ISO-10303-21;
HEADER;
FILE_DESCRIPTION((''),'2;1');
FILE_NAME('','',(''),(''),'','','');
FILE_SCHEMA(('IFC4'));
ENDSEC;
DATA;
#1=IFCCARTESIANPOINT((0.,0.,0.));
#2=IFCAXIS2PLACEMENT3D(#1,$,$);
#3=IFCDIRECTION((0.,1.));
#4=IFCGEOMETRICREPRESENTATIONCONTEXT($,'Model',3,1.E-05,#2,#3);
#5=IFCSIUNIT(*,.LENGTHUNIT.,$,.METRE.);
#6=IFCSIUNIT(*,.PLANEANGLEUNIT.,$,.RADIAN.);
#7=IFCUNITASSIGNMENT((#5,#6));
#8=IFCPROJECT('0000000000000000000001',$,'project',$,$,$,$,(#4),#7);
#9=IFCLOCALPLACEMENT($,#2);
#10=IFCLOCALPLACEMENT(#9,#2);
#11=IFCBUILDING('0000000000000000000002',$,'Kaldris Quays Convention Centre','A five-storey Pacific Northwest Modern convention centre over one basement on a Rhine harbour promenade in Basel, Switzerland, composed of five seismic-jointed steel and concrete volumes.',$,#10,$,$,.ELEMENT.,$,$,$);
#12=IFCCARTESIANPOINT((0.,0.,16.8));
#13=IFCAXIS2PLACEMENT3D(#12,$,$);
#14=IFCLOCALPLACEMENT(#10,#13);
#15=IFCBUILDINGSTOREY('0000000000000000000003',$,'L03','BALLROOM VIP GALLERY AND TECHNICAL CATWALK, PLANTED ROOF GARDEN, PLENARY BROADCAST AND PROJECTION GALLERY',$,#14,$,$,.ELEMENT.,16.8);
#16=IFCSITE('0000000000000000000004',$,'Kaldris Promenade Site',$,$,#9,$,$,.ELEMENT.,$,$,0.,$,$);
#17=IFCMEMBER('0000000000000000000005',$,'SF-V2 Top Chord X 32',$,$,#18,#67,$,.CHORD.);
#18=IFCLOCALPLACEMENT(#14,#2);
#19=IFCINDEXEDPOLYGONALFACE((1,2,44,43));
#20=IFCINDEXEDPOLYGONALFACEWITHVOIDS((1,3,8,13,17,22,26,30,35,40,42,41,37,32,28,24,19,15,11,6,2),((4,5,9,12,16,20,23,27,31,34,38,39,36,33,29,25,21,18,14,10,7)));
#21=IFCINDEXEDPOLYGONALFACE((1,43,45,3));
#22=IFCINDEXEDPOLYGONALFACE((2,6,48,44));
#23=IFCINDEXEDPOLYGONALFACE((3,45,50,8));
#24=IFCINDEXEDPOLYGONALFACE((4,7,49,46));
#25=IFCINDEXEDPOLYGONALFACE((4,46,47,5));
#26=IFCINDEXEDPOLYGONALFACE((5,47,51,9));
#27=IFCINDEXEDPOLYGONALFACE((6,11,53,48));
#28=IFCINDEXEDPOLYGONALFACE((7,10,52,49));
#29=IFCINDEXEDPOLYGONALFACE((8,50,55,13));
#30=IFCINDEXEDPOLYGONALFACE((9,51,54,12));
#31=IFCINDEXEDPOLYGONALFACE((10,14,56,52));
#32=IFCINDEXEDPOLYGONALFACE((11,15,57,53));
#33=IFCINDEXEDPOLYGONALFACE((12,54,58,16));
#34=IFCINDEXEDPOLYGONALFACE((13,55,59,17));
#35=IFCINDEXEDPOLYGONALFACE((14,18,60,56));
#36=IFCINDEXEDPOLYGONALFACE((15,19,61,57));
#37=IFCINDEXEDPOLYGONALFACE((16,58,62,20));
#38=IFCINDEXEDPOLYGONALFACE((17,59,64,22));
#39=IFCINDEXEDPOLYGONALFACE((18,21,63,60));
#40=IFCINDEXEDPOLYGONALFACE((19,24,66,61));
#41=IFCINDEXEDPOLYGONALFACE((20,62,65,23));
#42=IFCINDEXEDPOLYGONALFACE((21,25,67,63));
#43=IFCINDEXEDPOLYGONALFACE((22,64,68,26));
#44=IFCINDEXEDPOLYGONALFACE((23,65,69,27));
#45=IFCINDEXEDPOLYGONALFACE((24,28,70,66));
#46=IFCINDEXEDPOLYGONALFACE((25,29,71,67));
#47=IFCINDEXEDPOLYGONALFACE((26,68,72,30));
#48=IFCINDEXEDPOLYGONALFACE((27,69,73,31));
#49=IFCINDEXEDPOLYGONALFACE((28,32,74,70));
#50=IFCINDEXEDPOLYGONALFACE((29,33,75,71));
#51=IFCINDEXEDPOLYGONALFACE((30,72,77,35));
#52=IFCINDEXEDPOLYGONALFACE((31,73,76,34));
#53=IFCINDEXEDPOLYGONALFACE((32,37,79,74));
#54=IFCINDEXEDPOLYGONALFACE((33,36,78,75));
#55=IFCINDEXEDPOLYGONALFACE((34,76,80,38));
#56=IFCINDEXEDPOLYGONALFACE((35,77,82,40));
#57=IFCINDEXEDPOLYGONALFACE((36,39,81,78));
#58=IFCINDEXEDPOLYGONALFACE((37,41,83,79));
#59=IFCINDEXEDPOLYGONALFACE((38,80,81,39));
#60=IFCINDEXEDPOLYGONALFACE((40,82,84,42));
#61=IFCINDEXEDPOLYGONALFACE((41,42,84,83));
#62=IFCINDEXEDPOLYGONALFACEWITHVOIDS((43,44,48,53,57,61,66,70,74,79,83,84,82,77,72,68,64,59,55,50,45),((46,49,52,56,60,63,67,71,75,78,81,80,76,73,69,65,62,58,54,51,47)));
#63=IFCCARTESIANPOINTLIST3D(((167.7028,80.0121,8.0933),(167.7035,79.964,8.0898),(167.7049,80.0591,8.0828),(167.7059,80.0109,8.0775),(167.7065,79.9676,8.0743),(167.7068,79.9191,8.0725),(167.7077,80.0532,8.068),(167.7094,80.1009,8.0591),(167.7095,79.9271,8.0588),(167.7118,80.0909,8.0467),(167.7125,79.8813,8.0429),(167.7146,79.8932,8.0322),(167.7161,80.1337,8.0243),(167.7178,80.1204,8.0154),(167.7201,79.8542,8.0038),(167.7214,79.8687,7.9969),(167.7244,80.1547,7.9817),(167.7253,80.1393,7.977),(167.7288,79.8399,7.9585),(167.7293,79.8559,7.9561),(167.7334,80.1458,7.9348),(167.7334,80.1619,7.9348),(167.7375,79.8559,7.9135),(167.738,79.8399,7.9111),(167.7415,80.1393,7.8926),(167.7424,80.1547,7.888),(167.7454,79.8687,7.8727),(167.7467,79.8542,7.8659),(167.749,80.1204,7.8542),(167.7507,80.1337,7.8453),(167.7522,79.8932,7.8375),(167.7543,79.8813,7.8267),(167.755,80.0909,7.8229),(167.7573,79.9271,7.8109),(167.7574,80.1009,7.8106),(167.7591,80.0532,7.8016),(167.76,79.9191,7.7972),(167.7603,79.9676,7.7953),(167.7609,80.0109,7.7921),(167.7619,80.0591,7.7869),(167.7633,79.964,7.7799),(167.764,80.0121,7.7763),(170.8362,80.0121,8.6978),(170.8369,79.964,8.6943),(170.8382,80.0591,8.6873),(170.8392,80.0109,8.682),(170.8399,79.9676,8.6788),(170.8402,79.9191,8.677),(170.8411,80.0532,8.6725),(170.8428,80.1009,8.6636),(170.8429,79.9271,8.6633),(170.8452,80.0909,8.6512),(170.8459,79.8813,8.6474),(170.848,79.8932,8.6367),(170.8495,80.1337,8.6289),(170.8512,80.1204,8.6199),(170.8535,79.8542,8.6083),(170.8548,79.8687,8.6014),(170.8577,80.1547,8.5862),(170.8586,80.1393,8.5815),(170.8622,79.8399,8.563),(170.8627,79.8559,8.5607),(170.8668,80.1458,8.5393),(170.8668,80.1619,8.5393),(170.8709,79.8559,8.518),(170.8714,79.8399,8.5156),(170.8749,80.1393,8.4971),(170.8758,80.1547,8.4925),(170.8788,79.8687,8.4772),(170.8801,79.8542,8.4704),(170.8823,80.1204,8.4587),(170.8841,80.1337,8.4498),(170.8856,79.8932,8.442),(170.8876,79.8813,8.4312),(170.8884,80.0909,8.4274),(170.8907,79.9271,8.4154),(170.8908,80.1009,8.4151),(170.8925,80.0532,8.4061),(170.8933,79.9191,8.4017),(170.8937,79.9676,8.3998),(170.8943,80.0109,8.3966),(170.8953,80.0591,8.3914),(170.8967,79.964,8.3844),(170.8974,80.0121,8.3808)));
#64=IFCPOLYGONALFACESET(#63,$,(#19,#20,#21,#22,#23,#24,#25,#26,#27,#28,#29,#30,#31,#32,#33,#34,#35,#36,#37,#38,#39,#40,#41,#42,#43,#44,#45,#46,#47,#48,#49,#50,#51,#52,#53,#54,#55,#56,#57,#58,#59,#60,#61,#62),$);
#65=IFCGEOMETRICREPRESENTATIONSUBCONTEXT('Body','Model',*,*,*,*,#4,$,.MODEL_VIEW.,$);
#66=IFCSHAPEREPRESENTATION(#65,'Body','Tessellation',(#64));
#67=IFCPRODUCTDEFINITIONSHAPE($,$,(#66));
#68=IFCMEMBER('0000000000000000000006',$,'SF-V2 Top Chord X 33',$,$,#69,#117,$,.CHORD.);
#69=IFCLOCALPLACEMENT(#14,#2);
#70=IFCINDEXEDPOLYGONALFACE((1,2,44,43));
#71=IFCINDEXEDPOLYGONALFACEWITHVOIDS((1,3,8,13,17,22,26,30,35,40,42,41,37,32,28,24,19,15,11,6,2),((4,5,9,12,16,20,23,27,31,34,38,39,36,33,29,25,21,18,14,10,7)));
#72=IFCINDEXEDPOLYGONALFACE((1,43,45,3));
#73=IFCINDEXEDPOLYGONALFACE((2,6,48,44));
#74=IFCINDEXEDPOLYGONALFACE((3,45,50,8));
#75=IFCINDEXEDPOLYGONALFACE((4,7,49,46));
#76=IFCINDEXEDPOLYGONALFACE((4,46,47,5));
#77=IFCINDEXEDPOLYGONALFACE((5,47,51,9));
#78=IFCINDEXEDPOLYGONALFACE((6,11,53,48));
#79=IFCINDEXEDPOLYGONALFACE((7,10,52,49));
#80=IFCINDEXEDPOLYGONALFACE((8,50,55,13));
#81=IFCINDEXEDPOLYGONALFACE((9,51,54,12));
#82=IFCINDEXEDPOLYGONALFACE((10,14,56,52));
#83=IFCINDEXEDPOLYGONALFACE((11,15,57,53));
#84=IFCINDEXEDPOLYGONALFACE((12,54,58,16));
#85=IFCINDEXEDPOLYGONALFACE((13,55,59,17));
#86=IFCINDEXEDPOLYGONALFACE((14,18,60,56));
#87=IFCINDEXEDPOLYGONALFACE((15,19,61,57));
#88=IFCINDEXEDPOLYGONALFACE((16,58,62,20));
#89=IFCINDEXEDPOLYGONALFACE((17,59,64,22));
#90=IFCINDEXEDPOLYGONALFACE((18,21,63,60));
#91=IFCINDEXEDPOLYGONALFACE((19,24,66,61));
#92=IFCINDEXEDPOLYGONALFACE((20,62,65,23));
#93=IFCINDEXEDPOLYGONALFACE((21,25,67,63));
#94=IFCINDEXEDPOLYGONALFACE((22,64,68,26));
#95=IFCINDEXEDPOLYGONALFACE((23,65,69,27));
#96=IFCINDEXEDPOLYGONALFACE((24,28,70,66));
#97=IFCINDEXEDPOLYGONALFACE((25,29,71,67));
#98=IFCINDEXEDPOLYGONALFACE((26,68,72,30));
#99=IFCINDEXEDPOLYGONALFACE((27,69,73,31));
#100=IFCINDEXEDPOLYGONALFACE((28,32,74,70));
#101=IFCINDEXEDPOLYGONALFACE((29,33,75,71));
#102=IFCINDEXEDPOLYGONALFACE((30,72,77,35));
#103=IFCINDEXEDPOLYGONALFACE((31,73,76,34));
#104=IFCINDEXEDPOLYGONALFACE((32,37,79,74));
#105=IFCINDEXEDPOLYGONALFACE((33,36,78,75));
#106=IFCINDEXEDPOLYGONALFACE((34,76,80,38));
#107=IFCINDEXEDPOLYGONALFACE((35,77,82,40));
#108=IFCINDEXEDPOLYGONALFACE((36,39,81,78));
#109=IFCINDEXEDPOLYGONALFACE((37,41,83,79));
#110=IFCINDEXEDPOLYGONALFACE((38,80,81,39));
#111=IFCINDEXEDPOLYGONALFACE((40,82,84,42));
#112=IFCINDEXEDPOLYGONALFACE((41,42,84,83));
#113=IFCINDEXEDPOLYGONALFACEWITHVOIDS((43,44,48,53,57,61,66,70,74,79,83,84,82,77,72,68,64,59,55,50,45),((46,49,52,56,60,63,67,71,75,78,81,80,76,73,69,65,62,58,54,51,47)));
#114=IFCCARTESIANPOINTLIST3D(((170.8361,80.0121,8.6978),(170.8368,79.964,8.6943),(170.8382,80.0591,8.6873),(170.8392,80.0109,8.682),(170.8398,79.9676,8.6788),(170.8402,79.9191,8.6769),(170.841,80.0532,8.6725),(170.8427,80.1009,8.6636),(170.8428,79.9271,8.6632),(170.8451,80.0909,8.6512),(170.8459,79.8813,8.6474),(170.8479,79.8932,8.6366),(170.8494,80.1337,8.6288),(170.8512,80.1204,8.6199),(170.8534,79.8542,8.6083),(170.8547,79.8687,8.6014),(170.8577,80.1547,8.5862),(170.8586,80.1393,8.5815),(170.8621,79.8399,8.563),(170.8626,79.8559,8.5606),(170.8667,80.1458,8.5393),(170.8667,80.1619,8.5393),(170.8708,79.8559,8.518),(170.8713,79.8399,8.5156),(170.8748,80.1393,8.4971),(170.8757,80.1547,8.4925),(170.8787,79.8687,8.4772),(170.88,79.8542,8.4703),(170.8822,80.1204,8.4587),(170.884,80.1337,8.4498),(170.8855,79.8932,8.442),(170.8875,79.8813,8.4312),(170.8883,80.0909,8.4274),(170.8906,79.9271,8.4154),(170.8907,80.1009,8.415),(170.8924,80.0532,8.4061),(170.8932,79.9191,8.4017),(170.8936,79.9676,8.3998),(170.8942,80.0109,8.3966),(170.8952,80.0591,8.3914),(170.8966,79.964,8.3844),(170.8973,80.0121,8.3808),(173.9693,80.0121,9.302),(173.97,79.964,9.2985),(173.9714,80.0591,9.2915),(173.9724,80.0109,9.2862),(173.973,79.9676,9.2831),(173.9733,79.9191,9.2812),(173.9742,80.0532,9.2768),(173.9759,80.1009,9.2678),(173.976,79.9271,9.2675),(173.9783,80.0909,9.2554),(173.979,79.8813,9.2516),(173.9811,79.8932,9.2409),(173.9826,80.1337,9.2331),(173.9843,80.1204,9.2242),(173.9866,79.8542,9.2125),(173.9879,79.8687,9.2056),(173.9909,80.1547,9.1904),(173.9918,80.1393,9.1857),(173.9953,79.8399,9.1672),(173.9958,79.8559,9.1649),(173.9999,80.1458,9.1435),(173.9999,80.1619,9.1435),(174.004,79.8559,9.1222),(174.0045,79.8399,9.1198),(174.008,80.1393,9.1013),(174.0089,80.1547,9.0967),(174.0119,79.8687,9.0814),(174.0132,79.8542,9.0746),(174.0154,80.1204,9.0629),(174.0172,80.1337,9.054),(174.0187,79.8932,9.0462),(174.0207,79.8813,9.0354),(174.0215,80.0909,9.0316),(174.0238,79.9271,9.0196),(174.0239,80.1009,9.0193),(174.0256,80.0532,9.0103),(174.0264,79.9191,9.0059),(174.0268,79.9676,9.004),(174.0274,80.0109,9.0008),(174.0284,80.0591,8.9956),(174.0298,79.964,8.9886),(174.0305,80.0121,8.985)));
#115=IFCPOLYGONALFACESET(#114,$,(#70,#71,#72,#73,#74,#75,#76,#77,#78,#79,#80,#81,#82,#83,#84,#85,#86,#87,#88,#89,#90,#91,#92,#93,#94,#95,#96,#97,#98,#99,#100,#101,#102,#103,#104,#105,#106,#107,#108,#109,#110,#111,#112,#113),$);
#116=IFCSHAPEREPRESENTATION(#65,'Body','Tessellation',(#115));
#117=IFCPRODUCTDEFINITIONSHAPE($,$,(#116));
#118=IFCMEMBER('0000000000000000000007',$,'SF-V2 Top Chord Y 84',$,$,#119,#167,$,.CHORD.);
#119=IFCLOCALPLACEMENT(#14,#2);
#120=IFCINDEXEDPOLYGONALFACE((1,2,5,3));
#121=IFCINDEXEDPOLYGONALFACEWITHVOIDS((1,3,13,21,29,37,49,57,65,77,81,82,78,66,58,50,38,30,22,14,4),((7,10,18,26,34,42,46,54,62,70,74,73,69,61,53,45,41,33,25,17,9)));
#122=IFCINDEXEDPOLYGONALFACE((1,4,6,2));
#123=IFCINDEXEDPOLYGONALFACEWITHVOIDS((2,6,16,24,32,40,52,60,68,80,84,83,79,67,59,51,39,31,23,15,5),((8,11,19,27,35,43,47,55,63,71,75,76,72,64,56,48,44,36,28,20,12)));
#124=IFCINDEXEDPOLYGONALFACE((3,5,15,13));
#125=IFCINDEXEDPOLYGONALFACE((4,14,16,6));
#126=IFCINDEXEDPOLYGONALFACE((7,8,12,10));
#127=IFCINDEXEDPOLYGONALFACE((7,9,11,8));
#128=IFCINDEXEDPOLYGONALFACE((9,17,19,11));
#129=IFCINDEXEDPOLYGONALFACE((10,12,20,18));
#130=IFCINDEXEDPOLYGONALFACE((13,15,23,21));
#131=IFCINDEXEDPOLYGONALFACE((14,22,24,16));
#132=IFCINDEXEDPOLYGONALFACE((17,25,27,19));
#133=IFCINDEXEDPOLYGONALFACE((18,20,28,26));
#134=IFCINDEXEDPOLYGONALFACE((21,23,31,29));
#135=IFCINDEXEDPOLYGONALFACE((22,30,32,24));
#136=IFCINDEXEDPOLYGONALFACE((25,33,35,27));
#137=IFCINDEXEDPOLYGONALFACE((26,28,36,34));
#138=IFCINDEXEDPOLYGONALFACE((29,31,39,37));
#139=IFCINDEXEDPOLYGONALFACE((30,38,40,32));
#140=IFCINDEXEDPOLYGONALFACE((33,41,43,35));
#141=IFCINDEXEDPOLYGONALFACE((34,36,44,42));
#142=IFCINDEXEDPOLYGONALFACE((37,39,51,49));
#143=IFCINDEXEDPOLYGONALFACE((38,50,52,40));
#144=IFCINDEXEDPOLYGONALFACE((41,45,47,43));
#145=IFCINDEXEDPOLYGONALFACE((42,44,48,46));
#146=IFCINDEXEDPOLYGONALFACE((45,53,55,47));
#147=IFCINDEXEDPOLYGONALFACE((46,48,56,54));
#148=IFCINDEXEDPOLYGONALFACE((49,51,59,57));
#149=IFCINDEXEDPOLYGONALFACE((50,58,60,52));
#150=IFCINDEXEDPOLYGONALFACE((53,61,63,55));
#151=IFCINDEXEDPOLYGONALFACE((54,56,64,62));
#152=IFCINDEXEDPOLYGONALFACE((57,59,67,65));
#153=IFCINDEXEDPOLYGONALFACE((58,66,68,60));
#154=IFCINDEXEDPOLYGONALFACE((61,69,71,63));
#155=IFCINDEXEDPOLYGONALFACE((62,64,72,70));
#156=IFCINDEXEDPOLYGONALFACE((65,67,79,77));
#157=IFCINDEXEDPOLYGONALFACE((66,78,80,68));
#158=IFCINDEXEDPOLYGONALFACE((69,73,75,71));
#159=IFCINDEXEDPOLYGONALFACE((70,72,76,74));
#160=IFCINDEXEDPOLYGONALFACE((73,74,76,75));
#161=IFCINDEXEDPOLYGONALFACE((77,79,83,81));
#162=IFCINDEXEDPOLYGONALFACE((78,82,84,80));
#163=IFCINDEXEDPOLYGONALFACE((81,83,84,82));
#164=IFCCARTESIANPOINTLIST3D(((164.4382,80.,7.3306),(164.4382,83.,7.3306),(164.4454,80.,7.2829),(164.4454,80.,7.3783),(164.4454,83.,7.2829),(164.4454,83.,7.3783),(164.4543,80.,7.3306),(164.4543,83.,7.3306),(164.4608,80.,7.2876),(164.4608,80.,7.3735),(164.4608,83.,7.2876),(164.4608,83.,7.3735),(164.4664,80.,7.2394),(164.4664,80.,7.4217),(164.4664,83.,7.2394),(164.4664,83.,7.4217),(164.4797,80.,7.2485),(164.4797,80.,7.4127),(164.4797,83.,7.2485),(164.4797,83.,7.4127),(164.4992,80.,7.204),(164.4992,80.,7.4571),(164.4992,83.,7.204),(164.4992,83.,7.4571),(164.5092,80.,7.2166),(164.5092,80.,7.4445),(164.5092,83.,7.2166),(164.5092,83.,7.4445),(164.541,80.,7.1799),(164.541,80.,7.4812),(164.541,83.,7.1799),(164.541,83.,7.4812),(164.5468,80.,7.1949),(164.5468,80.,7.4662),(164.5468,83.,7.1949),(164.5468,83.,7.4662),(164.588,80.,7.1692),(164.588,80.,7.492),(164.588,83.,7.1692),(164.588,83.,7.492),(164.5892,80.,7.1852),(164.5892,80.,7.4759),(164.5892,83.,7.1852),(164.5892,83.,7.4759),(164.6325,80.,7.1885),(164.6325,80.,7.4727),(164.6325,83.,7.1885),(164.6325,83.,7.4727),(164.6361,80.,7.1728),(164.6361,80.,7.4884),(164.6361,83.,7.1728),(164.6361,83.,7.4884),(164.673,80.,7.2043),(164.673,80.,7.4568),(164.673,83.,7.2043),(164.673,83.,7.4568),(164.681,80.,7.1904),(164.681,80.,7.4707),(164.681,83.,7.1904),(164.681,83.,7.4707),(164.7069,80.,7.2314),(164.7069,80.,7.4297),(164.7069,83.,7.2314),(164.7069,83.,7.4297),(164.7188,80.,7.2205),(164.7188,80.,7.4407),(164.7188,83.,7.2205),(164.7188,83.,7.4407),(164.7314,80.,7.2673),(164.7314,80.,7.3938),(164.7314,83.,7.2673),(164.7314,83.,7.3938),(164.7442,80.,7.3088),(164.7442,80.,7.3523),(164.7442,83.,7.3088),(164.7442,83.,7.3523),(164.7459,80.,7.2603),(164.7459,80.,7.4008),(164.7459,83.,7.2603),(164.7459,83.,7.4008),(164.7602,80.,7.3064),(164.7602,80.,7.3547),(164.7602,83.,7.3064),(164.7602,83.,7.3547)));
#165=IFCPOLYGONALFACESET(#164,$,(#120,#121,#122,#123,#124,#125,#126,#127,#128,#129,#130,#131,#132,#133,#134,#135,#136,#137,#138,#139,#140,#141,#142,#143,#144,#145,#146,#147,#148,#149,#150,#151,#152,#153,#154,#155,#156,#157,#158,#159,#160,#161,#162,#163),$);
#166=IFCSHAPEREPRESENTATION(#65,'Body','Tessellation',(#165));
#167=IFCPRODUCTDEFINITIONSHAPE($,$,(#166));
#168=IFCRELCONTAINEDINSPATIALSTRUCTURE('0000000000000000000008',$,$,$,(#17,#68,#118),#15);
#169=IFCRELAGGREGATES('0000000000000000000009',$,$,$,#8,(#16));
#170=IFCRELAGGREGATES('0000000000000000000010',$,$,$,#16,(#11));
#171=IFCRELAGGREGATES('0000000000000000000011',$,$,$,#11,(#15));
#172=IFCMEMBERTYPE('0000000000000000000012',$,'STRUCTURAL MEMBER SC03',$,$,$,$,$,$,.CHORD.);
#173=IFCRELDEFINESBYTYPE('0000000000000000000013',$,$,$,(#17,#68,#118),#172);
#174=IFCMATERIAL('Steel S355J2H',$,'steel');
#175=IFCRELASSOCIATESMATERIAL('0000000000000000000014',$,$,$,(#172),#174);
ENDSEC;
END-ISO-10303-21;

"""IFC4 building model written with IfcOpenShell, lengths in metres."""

from ifc_helpers import new_model, si_unit, direction, frame, origin, origin_2d, place, context, subcontext, project, spatial, hollow_circle, extrude, material, material_profile, profile_set, type_object, element, save


model = new_model("IFC4")

# Units and contexts
model_context = context("Model", 3, precision=1e-05, world=origin(), true_north=direction((0.0, 1.0)))
body_context = subcontext(model_context, "Body", "Model", "MODEL_VIEW")
ifc_project = project(units=[si_unit("LENGTHUNIT", "METRE"), si_unit("PLANEANGLEUNIT", "RADIAN")], contexts=[model_context])

# Site, building, storey
site_placement = place(None, origin())
site = spatial("IfcSite", under=ifc_project, at=site_placement, Name="Kaldris Promenade Site", CompositionType="ELEMENT", RefElevation=0.0)
building_placement = place(site_placement, origin())
building = spatial("IfcBuilding", under=site, at=building_placement, Name="Kaldris Quays Convention Centre", Description="A five-storey Pacific Northwest Modern convention centre over one basement on a Rhine harbour promenade in Basel, Switzerland, composed of five seismic-jointed steel and concrete volumes.", CompositionType="ELEMENT")
storey_placement = place(building_placement, frame((0.0, 0.0, 16.8)))
storey = spatial("IfcBuildingStorey", under=building, at=storey_placement, Name="L03", Description="BALLROOM VIP GALLERY AND TECHNICAL CATWALK, PLANTED ROOF GARDEN, PLENARY BROADCAST AND PROJECTION GALLERY", CompositionType="ELEMENT", Elevation=16.8)

# Members
ifc_material_1 = material(Name="Steel S355J2H", Category="steel")
ifc_material_profile_1 = material_profile(ifc_material_1, hollow_circle(Radius=0.1619, WallThickness=0.0161, at=origin_2d()), Name="CHS 323.9x16")
ifc_profile_set_1 = profile_set([ifc_material_profile_1], Name="Steel S355J2H")
member_type_1 = type_object("IfcMemberType", Name="STRUCTURAL MEMBER SC03", PredefinedType="CHORD", material=ifc_profile_set_1)
member_1_placement = place(storey_placement, frame((167.7334, 80.0, 7.9348), z_axis=(0.981894, 0.0, 0.189432), x_axis=(0.0, 1.0, 0.0)))
element("IfcMember", 1, at=member_1_placement, inside=storey, type_object=member_type_1, Name="SF-V2 Top Chord X 32", PredefinedType="CHORD", context=body_context, shape_type="SweptSolid", body=[
    extrude(hollow_circle(Radius=0.1619, WallThickness=0.0161, at=origin_2d()), origin(), (0.0, 0.0, 1.0), 3.1912),
])
member_2_placement = place(storey_placement, frame((170.8667, 80.0, 8.5393), z_axis=(0.981908, 0.0, 0.189358), x_axis=(0.0, 1.0, 0.0)))
element("IfcMember", 2, at=member_2_placement, inside=storey, type_object=member_type_1, Name="SF-V2 Top Chord X 33", PredefinedType="CHORD", context=body_context, shape_type="SweptSolid", body=[
    extrude(hollow_circle(Radius=0.1619, WallThickness=0.0161, at=origin_2d()), origin(), (0.0, 0.0, 1.0), 3.1909),
])
for number, where, z_axis, x_axis, name in (
    (3, (164.6001, 80.0, 7.3306), (0.0, 1.0, 0.0), (-1.0, 0.0, 0.0), "SF-V2 Top Chord Y 84"),
):
    element("IfcMember", number, at=place(storey_placement, frame(where, z_axis=z_axis, x_axis=x_axis)), inside=storey, type_object=member_type_1, Name=name, PredefinedType="CHORD", context=body_context, shape_type="SweptSolid", body=[
        extrude(hollow_circle(Radius=0.1619, WallThickness=0.0161, at=origin_2d()), origin(), (0.0, 0.0, 1.0), 3.0),
    ])

save(model, "model.ifc")
